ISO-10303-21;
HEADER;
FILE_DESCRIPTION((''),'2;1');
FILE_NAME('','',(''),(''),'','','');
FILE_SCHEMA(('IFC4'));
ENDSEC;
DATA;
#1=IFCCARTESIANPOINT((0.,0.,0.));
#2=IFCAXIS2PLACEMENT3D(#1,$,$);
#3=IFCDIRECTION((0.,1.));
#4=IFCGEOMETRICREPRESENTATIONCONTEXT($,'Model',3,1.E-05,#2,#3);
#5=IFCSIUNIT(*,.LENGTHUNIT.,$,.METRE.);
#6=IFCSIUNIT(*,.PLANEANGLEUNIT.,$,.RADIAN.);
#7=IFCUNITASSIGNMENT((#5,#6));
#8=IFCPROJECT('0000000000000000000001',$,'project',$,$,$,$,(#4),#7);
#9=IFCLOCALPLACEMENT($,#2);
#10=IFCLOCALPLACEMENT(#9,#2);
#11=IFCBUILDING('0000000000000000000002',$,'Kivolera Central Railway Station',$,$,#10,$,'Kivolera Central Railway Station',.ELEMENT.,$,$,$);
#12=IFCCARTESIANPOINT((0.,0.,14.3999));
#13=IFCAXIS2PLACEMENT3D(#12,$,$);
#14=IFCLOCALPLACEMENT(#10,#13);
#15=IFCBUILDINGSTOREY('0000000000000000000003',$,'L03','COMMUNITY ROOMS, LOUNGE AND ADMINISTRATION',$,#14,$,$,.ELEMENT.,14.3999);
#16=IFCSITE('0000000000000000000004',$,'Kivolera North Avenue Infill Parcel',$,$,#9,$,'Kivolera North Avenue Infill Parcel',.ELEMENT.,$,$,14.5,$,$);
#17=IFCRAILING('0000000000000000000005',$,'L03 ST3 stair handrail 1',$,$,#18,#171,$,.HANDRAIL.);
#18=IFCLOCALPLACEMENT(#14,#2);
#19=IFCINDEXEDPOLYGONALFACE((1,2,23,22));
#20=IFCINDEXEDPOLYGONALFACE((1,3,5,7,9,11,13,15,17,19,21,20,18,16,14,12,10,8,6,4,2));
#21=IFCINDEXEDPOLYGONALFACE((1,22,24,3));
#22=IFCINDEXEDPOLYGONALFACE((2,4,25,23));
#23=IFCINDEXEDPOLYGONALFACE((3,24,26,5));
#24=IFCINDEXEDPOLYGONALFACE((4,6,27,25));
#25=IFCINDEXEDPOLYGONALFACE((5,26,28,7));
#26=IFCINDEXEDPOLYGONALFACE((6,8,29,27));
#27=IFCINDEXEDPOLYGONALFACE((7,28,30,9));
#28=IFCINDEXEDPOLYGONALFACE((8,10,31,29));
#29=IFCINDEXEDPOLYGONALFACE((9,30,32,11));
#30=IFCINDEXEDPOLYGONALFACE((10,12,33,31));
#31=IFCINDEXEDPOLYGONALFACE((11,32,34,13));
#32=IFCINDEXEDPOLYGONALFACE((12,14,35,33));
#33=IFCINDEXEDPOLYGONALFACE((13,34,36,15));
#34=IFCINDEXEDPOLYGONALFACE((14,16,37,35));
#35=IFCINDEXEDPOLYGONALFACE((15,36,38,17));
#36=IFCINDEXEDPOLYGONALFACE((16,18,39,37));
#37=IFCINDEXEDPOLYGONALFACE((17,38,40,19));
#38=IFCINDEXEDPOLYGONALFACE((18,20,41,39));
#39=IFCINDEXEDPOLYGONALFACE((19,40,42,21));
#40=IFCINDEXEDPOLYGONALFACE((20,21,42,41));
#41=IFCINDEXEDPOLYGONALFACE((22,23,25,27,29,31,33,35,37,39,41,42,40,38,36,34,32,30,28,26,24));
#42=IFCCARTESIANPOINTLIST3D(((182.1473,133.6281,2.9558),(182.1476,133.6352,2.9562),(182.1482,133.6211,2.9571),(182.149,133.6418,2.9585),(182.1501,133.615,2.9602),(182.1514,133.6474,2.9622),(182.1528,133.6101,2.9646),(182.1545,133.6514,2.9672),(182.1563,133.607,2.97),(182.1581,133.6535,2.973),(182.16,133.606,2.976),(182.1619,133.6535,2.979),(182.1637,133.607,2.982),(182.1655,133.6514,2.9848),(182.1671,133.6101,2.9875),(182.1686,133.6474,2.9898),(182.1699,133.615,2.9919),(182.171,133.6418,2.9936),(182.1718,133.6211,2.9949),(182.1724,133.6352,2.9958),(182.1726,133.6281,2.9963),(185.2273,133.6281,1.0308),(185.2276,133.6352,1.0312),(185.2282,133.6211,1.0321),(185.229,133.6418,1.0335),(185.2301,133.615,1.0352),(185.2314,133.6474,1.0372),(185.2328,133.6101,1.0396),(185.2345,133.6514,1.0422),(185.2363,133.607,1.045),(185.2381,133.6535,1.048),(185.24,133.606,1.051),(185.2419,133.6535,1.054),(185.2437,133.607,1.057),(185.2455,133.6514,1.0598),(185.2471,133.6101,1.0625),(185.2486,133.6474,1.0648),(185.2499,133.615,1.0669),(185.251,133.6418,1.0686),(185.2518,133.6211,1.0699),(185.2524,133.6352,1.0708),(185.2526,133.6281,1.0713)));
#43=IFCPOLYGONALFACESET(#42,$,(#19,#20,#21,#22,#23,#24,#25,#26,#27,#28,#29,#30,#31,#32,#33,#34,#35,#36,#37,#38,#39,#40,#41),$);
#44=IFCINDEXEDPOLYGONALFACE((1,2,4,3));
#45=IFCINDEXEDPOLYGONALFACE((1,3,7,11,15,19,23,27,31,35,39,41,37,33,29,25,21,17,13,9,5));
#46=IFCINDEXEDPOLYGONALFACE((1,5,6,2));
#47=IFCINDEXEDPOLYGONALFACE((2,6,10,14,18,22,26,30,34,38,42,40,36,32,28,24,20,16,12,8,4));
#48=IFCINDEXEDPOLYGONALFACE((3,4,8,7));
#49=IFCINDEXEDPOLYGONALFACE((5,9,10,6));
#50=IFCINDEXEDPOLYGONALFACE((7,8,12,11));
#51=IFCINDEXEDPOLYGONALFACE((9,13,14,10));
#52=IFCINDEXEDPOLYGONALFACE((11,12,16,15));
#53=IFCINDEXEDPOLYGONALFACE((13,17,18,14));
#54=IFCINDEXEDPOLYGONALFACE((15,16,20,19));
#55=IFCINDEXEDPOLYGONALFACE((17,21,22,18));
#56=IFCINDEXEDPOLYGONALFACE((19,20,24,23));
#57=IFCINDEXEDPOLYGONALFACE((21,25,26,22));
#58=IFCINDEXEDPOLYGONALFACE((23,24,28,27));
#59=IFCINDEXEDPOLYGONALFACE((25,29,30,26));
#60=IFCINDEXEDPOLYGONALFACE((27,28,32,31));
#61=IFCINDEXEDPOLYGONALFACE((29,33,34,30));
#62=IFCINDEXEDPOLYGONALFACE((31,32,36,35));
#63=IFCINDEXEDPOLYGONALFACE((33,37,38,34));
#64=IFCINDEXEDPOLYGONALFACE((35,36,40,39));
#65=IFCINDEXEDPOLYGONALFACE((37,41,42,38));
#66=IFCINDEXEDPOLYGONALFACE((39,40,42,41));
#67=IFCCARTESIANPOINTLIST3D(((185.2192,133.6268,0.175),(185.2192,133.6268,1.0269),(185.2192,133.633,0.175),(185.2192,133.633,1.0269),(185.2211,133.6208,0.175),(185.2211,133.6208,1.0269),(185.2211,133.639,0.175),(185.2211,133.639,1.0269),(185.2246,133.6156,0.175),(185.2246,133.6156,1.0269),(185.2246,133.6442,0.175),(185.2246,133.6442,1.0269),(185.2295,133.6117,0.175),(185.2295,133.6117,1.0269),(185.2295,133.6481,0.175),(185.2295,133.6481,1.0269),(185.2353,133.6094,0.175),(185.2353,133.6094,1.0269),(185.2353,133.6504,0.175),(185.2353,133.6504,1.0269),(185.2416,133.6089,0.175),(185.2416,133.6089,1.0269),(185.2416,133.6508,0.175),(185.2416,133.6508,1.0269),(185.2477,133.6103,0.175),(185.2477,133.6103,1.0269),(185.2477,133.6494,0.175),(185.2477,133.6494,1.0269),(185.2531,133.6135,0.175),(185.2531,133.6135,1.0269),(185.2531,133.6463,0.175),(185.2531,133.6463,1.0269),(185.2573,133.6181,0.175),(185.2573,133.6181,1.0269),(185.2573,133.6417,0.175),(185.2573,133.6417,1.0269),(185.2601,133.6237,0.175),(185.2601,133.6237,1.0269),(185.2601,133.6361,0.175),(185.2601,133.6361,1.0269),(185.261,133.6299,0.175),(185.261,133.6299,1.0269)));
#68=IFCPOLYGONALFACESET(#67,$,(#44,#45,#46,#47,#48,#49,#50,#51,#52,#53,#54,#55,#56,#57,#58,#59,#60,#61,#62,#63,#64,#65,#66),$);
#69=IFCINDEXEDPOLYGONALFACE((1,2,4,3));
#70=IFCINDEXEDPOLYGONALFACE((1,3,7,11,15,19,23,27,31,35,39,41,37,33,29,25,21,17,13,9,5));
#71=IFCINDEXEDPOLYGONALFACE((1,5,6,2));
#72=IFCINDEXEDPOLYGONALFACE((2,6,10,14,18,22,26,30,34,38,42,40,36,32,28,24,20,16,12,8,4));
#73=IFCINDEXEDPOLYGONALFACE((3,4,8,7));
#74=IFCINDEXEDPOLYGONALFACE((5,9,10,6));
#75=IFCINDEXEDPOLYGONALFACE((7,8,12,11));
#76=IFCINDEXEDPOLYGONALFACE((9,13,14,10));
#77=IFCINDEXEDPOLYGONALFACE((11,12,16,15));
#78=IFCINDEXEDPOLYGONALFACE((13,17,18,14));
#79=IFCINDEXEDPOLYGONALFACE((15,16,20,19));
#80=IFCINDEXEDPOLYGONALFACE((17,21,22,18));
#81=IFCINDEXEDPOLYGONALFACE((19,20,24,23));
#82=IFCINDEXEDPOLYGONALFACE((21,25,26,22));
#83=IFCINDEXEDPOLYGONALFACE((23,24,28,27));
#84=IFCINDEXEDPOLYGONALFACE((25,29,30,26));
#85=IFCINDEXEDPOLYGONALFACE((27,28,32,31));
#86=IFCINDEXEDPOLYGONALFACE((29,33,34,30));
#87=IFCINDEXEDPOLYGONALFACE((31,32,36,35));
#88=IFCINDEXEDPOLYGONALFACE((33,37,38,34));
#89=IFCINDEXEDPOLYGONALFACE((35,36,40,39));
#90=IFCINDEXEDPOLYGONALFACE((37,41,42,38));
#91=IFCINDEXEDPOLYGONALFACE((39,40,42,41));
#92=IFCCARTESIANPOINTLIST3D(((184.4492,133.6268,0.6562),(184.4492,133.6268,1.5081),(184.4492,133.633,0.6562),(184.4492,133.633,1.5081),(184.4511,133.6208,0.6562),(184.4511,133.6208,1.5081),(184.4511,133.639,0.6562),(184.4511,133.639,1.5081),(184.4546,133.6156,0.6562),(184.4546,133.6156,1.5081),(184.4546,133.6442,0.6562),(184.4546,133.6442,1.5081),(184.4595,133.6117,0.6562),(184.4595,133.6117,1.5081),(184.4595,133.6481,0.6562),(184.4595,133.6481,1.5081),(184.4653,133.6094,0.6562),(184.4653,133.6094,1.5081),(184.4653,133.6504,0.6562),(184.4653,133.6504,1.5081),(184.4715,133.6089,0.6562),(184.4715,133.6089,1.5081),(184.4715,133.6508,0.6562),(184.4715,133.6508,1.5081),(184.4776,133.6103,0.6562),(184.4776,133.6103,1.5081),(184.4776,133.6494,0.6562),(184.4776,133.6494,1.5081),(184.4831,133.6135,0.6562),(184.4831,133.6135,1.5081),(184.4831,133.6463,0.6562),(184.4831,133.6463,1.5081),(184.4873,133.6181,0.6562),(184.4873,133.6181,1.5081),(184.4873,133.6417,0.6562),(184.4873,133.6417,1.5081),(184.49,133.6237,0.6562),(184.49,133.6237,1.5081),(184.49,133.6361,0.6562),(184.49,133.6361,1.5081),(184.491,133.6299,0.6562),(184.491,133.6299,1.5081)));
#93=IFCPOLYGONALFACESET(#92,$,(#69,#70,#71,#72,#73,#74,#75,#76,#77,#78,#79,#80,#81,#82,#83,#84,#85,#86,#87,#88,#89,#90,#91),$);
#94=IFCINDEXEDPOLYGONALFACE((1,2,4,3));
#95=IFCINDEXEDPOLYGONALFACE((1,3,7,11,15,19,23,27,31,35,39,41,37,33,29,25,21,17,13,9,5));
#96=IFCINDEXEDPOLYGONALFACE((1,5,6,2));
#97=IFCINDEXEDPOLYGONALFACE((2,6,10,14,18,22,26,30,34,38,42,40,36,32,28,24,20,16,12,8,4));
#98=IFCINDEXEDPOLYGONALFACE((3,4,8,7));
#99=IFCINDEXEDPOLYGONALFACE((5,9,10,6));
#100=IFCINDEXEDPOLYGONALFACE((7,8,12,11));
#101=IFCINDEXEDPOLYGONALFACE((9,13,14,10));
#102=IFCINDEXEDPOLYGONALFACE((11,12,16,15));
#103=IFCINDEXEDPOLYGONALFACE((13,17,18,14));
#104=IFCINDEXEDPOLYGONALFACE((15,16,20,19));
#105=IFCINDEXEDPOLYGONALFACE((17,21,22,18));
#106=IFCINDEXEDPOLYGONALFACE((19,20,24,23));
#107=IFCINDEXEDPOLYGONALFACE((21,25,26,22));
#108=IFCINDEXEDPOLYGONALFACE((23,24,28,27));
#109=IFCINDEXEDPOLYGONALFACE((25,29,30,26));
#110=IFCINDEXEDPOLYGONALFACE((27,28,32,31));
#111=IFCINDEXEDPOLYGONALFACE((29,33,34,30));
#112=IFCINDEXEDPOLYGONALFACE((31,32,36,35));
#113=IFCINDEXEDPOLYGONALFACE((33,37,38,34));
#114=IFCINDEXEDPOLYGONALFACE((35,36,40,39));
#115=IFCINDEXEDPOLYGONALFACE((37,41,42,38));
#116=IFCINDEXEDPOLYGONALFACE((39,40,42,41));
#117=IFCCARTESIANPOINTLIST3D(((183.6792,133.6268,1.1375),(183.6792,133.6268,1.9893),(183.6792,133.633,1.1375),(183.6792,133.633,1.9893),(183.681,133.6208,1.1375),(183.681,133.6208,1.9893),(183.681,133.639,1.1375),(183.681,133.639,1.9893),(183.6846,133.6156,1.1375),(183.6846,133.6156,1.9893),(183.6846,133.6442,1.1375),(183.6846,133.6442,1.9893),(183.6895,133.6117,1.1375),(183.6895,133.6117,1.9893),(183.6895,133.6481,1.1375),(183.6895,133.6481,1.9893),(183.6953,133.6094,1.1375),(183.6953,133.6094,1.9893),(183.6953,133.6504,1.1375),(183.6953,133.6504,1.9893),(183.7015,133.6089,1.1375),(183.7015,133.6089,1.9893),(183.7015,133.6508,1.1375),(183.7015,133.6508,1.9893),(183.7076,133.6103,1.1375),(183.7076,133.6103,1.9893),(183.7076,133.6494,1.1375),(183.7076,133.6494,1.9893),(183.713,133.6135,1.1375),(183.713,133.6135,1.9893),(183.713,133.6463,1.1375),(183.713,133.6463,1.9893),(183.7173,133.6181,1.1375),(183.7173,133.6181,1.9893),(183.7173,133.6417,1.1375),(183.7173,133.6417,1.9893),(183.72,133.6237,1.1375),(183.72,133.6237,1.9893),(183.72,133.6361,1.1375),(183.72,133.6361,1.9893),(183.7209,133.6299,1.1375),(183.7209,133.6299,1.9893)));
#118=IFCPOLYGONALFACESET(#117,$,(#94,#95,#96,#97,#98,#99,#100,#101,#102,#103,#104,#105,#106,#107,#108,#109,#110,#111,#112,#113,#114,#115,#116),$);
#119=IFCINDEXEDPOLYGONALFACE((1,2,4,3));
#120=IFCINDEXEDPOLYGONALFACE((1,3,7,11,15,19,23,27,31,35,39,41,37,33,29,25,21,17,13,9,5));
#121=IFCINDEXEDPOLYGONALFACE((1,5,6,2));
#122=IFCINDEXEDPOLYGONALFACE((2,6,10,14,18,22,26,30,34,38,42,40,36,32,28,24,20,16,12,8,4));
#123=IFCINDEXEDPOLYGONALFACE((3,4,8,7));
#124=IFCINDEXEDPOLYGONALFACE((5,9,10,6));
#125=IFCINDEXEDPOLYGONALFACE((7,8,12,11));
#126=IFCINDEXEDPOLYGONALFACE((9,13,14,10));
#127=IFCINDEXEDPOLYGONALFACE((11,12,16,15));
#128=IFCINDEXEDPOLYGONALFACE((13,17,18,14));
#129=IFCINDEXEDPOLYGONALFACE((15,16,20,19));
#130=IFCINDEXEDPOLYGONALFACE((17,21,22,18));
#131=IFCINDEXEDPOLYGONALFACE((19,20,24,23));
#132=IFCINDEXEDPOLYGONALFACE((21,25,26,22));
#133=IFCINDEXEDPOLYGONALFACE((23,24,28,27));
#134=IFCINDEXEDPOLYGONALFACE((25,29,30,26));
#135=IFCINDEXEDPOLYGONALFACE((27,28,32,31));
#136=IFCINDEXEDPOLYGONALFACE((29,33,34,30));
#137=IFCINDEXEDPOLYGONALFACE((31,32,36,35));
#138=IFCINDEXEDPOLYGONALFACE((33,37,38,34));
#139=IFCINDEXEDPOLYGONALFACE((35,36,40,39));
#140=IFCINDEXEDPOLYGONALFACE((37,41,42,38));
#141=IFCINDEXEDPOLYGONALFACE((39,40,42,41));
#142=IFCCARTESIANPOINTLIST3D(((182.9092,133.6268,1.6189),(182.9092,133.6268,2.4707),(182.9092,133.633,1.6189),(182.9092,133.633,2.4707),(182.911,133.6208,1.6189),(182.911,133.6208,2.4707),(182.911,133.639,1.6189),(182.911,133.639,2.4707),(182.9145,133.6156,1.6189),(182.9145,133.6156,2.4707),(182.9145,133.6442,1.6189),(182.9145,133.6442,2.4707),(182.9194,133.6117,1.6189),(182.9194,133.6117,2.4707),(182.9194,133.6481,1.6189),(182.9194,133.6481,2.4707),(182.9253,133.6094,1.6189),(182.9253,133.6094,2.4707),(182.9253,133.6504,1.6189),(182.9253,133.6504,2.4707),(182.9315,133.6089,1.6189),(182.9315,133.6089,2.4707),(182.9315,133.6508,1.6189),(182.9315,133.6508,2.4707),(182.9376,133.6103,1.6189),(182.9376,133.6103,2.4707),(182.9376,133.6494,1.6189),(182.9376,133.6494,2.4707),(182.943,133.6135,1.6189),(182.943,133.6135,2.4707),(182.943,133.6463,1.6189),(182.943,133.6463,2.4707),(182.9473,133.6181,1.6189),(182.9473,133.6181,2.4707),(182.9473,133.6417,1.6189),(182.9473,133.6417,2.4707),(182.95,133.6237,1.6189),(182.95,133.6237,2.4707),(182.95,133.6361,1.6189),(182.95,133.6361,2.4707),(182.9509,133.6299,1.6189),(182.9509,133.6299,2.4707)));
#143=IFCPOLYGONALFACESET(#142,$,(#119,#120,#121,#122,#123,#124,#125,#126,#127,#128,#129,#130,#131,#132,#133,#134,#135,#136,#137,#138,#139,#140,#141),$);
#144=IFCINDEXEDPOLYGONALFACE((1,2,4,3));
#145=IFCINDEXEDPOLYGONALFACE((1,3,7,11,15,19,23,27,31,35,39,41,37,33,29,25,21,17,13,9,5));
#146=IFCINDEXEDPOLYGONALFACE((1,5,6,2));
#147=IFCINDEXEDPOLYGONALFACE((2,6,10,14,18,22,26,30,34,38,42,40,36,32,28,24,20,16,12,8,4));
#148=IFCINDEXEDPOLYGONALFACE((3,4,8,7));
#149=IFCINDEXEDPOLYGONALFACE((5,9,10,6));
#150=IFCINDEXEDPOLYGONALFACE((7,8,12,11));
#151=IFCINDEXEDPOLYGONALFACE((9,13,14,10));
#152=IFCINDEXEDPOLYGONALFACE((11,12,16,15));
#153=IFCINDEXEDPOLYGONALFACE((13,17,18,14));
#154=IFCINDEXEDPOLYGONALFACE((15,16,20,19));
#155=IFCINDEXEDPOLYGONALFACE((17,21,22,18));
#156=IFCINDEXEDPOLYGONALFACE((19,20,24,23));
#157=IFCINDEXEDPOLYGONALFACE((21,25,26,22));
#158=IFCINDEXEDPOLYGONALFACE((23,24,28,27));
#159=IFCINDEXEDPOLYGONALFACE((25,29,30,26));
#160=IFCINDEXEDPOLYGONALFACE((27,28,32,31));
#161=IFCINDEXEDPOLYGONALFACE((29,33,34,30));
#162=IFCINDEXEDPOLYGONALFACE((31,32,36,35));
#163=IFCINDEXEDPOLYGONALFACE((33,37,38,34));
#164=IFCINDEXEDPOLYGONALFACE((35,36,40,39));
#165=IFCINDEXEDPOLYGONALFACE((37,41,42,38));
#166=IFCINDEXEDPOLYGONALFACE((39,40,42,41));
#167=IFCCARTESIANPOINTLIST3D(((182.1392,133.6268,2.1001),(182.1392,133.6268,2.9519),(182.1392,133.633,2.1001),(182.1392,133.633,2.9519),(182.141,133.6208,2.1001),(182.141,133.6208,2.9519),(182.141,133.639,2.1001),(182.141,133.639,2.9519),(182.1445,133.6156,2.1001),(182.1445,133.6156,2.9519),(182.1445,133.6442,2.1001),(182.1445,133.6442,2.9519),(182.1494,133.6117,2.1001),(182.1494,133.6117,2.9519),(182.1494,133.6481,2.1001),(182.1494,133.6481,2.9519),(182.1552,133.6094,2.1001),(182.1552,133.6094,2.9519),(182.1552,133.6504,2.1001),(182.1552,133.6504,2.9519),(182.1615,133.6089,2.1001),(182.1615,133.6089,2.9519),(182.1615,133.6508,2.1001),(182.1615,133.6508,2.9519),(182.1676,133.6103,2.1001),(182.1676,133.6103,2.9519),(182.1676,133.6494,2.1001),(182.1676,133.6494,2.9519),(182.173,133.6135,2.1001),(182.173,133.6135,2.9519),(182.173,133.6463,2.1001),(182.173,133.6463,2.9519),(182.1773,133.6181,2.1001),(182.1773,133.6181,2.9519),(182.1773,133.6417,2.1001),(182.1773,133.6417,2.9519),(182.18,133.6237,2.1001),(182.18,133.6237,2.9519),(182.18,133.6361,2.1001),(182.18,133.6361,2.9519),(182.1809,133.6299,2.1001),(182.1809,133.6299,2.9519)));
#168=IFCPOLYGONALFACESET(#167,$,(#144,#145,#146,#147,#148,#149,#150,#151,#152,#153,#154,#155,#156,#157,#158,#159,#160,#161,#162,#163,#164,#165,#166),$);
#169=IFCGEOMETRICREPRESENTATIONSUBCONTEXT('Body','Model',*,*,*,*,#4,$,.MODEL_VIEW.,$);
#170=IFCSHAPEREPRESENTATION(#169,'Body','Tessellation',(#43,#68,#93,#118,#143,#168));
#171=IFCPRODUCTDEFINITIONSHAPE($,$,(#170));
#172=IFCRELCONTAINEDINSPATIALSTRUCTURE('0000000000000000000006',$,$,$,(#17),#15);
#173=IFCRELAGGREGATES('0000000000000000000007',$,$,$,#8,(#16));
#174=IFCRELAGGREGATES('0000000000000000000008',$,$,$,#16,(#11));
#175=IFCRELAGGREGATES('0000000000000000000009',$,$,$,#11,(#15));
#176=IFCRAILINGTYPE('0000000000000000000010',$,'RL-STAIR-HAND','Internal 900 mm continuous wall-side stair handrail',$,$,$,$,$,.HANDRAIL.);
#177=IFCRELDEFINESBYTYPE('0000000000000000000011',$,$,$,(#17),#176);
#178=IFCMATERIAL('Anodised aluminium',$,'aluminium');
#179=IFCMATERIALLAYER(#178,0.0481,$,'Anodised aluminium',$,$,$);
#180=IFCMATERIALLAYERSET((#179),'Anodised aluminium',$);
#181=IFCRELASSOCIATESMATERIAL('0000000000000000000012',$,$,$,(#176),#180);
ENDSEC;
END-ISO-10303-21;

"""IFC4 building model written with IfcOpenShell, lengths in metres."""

from ifc_helpers import new_model, si_unit, direction, frame, origin, origin_2d, place, context, subcontext, project, spatial, circle, extrude, material, layer, layer_set, type_object, element, save


model = new_model("IFC4")

# Units and contexts
model_context = context("Model", 3, precision=1e-05, world=origin(), true_north=direction((0.0, 1.0)))
body_context = subcontext(model_context, "Body", "Model", "MODEL_VIEW")
ifc_project = project(units=[si_unit("LENGTHUNIT", "METRE"), si_unit("PLANEANGLEUNIT", "RADIAN")], contexts=[model_context])

# Site, building, storey
site_placement = place(None, origin())
site = spatial("IfcSite", under=ifc_project, at=site_placement, Name="Kivolera North Avenue Infill Parcel", LongName="Kivolera North Avenue Infill Parcel", CompositionType="ELEMENT", RefElevation=14.5)
building_placement = place(site_placement, origin())
building = spatial("IfcBuilding", under=site, at=building_placement, Name="Kivolera Central Railway Station", LongName="Kivolera Central Railway Station", CompositionType="ELEMENT")
storey_placement = place(building_placement, frame((0.0, 0.0, 14.3999)))
storey = spatial("IfcBuildingStorey", under=building, at=storey_placement, Name="L03", Description="COMMUNITY ROOMS, LOUNGE AND ADMINISTRATION", CompositionType="ELEMENT", Elevation=14.3999)

# Shared definitions
ifc_material_1 = material(Name="Anodised aluminium", Category="aluminium")

# Railing
ifc_layer_1 = layer(ifc_material_1, 0.0481, Name="Anodised aluminium")
ifc_layer_set_1 = layer_set([ifc_layer_1], Name="Anodised aluminium")
railing_type_1 = type_object("IfcRailingType", Name="RL-STAIR-HAND", Description="Internal 900 mm continuous wall-side stair handrail", PredefinedType="HANDRAIL", material=ifc_layer_set_1)
railing_1_placement = place(storey_placement, frame((185.24, 133.6299, 0.175)))
element("IfcRailing", 1, at=railing_1_placement, inside=storey, type_object=railing_type_1, Name="L03 ST3 stair handrail 1", PredefinedType="HANDRAIL", context=body_context, shape_type="SweptSolid", body=[
    extrude(circle(Radius=0.0239, at=origin_2d()), frame((0.0, 0.0, 0.876), z_axis=(-0.847998, 0.0, 0.529999), x_axis=(0.0, -1.0, 0.0)), (0.0, 0.0, 1.0), 3.6321),
    extrude(circle(Radius=0.021, at=origin_2d()), origin(), (0.0, 0.0, 1.0), 0.8518),
    extrude(circle(Radius=0.021, at=origin_2d()), frame((-0.77, 0.0, 0.4812)), (0.0, 0.0, 1.0), 0.8518),
    extrude(circle(Radius=0.021, at=origin_2d()), frame((-1.54, 0.0, 0.9624)), (0.0, 0.0, 1.0), 0.8518),
    extrude(circle(Radius=0.021, at=origin_2d()), frame((-2.3101, 0.0, 1.4438)), (0.0, 0.0, 1.0), 0.8518),
    extrude(circle(Radius=0.021, at=origin_2d()), frame((-3.0801, 0.0, 1.925)), (0.0, 0.0, 1.0), 0.8518),
])

save(model, "model.ifc")
